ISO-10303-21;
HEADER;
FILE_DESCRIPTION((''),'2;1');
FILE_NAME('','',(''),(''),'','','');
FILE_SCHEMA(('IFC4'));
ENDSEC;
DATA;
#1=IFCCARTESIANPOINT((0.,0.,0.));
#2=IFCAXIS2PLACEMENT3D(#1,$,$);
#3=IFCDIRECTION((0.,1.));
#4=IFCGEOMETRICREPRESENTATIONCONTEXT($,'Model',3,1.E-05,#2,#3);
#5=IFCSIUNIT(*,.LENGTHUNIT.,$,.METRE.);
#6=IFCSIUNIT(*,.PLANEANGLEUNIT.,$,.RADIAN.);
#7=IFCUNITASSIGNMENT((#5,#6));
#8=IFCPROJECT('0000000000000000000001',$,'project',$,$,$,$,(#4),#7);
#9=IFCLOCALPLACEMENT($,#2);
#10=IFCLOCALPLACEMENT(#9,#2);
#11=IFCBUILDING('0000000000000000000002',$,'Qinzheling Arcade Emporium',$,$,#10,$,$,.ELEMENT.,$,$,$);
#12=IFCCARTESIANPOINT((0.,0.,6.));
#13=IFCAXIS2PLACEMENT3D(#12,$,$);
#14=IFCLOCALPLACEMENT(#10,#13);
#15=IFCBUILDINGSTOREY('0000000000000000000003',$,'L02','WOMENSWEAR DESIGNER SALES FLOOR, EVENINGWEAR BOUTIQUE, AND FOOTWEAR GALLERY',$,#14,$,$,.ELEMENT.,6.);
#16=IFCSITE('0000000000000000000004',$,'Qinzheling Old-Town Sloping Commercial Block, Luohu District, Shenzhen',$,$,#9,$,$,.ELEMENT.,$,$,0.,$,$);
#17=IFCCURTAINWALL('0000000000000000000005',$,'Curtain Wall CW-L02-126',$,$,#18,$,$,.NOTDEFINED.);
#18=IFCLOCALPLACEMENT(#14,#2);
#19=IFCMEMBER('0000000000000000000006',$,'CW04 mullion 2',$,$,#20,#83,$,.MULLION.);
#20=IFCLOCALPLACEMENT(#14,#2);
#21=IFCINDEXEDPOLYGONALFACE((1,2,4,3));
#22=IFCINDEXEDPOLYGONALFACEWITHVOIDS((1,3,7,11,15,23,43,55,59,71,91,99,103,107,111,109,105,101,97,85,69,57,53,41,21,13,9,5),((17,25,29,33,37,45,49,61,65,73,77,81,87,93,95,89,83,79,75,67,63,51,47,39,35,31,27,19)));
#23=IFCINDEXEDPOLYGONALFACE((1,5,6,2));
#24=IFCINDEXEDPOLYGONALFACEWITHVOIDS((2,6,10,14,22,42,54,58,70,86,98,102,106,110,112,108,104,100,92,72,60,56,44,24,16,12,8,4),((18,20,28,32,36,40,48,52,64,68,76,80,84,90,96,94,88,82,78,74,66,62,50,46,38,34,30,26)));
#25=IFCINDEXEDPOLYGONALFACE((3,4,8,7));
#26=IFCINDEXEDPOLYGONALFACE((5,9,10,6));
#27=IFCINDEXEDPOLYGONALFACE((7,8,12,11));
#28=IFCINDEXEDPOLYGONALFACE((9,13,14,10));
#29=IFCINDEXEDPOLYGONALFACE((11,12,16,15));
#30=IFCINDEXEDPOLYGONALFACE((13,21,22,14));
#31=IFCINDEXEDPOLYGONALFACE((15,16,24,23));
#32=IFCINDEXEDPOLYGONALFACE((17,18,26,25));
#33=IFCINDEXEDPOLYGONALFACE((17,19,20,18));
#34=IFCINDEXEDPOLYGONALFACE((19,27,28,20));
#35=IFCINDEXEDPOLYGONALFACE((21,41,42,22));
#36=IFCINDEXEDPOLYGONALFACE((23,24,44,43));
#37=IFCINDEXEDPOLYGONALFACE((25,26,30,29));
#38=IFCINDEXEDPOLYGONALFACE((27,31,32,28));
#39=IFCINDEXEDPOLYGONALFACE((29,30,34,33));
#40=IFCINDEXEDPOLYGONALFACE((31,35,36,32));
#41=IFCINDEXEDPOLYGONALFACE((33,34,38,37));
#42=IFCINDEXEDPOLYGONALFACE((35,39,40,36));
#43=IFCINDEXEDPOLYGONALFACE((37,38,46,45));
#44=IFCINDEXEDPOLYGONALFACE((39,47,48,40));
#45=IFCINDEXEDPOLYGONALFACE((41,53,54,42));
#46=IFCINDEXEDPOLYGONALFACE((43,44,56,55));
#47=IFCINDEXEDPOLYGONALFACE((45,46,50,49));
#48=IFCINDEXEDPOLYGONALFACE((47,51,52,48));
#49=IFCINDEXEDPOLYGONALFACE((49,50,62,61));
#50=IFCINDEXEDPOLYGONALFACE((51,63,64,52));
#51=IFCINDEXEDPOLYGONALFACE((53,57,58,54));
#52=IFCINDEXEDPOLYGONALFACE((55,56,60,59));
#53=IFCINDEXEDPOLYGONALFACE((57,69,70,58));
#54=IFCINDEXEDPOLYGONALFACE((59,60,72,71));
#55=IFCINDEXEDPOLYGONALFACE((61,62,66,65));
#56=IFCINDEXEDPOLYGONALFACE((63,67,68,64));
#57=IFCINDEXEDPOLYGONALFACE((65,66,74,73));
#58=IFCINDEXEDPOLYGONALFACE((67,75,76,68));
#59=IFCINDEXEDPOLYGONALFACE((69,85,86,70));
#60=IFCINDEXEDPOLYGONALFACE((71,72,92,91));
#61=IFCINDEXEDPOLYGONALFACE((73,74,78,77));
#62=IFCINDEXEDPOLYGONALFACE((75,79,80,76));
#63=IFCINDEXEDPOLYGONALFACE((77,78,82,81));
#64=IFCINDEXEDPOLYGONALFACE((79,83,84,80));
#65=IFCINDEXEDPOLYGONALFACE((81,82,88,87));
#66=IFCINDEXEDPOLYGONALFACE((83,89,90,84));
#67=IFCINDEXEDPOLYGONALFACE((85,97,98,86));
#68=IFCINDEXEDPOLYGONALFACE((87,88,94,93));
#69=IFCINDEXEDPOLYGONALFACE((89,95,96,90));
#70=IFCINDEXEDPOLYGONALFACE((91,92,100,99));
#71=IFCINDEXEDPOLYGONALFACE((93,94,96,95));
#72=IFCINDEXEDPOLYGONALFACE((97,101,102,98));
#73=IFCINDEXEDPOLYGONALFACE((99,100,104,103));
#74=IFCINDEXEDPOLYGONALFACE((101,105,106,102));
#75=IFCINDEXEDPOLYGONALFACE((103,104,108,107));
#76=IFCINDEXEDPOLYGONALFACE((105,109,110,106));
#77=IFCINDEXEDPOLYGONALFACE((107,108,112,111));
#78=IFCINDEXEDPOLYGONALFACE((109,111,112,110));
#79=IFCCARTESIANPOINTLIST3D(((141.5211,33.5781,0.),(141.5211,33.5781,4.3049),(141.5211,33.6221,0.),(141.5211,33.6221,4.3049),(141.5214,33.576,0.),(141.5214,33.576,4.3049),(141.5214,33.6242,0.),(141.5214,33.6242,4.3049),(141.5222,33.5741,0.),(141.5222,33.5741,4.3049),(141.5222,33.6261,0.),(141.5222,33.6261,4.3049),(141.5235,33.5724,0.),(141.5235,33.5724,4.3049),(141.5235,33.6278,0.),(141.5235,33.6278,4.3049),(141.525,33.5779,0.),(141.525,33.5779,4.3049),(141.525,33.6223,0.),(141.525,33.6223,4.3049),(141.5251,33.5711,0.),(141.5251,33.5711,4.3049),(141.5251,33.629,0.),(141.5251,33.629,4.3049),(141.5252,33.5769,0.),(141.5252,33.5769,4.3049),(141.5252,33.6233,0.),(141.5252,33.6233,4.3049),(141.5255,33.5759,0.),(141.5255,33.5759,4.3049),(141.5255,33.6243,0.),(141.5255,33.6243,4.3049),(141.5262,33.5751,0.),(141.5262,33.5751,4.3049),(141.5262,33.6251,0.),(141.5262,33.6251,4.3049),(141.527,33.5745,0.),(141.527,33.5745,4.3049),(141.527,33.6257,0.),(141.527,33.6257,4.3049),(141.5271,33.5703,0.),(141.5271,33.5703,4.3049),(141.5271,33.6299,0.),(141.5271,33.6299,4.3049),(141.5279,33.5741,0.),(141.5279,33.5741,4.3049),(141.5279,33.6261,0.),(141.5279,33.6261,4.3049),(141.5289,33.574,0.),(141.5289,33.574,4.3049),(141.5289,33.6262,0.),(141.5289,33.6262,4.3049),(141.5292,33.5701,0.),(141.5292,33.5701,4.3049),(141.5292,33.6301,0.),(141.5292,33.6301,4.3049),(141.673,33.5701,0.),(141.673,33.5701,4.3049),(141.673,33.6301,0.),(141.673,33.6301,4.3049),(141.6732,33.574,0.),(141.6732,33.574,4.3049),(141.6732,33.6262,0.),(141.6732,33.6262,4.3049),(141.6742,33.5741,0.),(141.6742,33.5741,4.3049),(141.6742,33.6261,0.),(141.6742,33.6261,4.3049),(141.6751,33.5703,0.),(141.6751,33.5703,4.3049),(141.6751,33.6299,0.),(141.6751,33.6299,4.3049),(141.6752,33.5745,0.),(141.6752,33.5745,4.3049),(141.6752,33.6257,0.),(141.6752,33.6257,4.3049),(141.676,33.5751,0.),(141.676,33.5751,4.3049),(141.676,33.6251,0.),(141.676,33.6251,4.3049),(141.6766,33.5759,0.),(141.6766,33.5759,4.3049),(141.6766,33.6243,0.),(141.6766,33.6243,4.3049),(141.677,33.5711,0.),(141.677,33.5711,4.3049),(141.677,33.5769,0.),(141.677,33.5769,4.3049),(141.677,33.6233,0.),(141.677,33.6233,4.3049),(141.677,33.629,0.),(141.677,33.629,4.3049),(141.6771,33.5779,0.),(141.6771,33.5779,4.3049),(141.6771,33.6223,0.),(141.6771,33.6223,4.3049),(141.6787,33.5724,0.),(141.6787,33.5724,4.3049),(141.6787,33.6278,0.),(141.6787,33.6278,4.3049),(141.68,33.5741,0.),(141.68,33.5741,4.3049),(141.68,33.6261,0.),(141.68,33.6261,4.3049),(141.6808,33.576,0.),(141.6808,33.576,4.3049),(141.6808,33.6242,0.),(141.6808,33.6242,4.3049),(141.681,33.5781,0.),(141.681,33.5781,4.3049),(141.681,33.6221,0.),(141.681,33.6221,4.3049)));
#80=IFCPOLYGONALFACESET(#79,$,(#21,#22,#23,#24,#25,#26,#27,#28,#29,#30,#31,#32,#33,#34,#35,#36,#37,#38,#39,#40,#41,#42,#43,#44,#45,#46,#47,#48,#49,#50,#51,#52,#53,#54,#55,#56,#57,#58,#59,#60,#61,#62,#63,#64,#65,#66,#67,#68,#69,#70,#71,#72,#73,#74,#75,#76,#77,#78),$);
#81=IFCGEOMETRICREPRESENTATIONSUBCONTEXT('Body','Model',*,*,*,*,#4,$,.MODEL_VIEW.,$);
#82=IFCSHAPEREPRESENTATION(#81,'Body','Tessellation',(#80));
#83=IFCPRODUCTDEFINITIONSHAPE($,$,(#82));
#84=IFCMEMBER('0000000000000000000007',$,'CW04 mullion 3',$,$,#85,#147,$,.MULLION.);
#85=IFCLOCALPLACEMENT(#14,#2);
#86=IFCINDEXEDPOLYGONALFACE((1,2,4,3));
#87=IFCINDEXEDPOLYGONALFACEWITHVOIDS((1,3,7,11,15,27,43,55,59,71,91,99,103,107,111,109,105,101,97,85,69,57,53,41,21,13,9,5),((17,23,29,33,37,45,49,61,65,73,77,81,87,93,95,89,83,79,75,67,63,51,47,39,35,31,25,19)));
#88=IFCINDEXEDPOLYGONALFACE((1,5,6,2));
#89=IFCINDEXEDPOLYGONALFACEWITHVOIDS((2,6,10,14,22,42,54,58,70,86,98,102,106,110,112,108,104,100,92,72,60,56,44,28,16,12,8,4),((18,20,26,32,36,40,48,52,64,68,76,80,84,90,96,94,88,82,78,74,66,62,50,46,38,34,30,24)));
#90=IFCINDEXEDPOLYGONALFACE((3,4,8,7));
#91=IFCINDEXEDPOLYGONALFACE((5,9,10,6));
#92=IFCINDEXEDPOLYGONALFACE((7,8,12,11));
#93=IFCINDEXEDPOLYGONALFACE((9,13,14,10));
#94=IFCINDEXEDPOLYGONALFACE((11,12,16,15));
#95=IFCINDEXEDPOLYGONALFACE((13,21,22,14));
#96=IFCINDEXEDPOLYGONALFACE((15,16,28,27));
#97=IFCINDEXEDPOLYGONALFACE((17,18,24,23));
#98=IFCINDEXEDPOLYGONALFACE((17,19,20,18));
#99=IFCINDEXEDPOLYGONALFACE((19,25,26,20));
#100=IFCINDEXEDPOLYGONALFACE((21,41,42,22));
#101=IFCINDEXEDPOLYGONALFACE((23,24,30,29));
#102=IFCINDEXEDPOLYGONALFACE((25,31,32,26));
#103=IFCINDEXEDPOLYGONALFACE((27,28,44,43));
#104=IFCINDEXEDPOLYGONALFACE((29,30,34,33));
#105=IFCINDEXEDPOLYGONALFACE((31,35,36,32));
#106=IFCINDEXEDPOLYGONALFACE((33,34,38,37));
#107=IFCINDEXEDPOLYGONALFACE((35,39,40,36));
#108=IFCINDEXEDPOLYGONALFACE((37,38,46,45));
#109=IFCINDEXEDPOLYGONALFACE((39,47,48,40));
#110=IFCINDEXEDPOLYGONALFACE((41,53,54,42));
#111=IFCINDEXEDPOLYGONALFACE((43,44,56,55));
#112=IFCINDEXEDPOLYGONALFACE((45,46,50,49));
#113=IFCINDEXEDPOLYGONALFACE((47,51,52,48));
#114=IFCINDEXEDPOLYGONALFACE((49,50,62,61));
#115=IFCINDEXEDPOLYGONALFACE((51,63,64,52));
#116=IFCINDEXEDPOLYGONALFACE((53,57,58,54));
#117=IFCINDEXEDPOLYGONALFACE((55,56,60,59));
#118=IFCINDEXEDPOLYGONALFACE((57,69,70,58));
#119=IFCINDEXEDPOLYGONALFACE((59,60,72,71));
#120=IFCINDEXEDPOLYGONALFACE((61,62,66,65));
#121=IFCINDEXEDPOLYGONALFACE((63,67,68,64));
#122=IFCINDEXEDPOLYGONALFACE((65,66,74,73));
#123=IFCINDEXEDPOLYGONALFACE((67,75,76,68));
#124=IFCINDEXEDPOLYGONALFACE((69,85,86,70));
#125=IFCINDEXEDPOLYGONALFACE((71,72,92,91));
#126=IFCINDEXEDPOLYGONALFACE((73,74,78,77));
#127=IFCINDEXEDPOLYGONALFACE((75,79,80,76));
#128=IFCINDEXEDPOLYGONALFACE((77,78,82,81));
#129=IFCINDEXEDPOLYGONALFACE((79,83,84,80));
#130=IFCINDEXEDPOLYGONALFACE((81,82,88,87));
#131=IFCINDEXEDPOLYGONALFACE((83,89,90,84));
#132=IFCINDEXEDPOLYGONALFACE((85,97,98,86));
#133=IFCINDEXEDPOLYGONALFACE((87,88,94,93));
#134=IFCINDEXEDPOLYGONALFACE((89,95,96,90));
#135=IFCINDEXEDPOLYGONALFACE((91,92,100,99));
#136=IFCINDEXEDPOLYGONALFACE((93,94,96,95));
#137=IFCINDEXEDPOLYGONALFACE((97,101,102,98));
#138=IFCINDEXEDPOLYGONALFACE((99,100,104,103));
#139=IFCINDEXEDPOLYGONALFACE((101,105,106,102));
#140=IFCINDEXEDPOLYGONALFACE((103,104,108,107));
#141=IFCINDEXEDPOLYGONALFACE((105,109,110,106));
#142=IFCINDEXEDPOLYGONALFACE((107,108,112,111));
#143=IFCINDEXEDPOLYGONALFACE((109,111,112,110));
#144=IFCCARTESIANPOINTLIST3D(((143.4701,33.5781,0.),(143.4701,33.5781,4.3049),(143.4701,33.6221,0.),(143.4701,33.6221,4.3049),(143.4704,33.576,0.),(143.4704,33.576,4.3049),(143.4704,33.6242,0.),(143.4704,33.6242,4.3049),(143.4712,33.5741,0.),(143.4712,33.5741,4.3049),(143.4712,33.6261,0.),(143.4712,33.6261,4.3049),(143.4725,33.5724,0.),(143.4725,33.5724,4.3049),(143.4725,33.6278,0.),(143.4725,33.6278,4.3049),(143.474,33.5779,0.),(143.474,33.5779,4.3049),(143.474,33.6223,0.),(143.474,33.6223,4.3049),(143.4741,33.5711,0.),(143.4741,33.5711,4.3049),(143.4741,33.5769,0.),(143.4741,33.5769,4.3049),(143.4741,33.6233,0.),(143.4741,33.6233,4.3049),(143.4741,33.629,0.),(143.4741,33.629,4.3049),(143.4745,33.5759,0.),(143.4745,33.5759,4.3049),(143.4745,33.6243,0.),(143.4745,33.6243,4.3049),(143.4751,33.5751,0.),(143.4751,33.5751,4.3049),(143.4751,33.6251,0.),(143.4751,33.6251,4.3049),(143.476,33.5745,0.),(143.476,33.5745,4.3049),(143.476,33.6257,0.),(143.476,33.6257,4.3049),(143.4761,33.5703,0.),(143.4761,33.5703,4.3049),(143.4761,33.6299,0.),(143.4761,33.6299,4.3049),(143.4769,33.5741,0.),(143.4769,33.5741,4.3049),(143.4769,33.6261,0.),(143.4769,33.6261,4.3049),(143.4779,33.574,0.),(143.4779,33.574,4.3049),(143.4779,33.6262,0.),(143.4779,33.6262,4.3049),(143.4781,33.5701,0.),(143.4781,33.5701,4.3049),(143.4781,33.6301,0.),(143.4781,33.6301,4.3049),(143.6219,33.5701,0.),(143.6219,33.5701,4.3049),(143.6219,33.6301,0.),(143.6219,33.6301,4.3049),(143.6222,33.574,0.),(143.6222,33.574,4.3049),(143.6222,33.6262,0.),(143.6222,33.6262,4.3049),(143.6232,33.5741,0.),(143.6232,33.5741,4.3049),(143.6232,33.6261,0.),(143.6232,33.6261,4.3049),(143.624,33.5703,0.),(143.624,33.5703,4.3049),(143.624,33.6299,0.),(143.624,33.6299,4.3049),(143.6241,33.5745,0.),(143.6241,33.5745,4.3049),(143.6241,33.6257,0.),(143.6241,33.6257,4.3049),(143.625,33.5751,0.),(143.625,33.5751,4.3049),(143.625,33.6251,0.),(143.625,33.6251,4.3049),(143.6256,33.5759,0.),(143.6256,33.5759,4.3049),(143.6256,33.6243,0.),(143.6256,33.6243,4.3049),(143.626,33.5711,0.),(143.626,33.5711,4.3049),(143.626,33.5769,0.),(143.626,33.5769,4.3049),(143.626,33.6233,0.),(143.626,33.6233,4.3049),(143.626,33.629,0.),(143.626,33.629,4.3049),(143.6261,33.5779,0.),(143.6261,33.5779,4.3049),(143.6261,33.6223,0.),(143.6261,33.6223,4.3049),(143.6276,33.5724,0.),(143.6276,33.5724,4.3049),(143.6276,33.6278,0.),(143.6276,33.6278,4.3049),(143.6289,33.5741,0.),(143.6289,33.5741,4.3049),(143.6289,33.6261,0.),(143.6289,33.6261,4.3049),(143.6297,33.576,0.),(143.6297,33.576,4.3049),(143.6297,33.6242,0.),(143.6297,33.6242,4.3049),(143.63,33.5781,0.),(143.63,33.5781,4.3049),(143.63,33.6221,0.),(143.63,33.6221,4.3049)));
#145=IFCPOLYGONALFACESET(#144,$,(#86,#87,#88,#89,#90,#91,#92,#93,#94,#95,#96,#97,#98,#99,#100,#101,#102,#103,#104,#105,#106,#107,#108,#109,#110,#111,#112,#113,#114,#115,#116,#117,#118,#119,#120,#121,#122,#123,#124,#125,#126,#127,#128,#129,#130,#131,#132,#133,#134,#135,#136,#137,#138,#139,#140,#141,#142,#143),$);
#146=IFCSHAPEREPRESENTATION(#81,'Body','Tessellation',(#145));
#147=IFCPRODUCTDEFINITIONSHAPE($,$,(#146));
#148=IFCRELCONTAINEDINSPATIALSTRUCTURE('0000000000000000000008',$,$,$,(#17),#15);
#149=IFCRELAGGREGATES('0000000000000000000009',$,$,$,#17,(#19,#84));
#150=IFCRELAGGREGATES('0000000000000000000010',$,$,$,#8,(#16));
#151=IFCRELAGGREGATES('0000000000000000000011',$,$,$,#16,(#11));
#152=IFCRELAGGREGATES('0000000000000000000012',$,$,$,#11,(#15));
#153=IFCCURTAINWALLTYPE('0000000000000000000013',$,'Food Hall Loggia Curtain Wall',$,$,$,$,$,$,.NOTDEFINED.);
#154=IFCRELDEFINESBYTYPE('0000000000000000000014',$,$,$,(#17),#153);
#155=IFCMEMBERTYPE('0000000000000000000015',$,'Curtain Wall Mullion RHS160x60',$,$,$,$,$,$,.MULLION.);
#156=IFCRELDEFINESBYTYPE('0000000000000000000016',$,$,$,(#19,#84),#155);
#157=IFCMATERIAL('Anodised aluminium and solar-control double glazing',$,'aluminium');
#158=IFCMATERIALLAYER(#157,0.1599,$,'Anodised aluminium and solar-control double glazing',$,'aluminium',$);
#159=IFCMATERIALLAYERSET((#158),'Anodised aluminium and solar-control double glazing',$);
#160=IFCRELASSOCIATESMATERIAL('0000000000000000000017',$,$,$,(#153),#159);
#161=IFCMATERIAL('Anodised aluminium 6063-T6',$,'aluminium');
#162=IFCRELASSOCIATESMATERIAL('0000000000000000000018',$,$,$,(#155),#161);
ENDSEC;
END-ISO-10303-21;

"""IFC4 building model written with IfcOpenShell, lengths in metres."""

from ifc_helpers import new_model, si_unit, direction, frame, origin, origin_2d, place, context, subcontext, project, spatial, hollow_rectangle, extrude, material, layer, layer_set, material_profile, profile_set, type_object, element, aggregate, save


model = new_model("IFC4")

# Units and contexts
model_context = context("Model", 3, precision=1e-05, world=origin(), true_north=direction((0.0, 1.0)))
body_context = subcontext(model_context, "Body", "Model", "MODEL_VIEW")
ifc_project = project(units=[si_unit("LENGTHUNIT", "METRE"), si_unit("PLANEANGLEUNIT", "RADIAN")], contexts=[model_context])

# Site, building, storey
site_placement = place(None, origin())
site = spatial("IfcSite", under=ifc_project, at=site_placement, Name="Qinzheling Old-Town Sloping Commercial Block, Luohu District, Shenzhen", CompositionType="ELEMENT", RefElevation=0.0)
building_placement = place(site_placement, origin())
building = spatial("IfcBuilding", under=site, at=building_placement, Name="Qinzheling Arcade Emporium", CompositionType="ELEMENT")
storey_placement = place(building_placement, frame((0.0, 0.0, 6.0)))
storey = spatial("IfcBuildingStorey", under=building, at=storey_placement, Name="L02", Description="WOMENSWEAR DESIGNER SALES FLOOR, EVENINGWEAR BOUTIQUE, AND FOOTWEAR GALLERY", CompositionType="ELEMENT", Elevation=6.0)

# Curtain wall, members
ifc_material_1 = material(Name="Anodised aluminium and solar-control double glazing", Category="aluminium")
ifc_layer_1 = layer(ifc_material_1, 0.1599, Name="Anodised aluminium and solar-control double glazing", Category="aluminium")
ifc_layer_set_1 = layer_set([ifc_layer_1], Name="Anodised aluminium and solar-control double glazing")
curtain_wall_type = type_object("IfcCurtainWallType", Name="Food Hall Loggia Curtain Wall", PredefinedType="NOTDEFINED", material=ifc_layer_set_1)
curtain_wall_placement = place(storey_placement, origin())
curtain_wall = element("IfcCurtainWall", 1, at=curtain_wall_placement, inside=storey, type_object=curtain_wall_type, Name="Curtain Wall CW-L02-126", PredefinedType="NOTDEFINED")
ifc_material_2 = material(Name="Anodised aluminium 6063-T6", Category="aluminium")
ifc_material_profile_1 = material_profile(ifc_material_2, hollow_rectangle(XDim=0.0601, YDim=0.1599, WallThickness=0.0039, InnerFilletRadius=0.0039, OuterFilletRadius=0.0081, at=origin_2d()), Name="RHS 160x60x4", Category="aluminium")
ifc_profile_set_1 = profile_set([ifc_material_profile_1], Name="Anodised aluminium 6063-T6")
member_type_1 = type_object("IfcMemberType", Name="Curtain Wall Mullion RHS160x60", PredefinedType="MULLION", material=ifc_profile_set_1)
member_1_placement = place(storey_placement, frame((141.6011, 33.6001, 0.0), z_axis=(0.0, 0.0, 1.0), x_axis=(0.0, 1.0, 0.0)))
member_1 = element("IfcMember", 2, at=member_1_placement, type_object=member_type_1, Name="CW04 mullion 2", PredefinedType="MULLION", context=body_context, shape_type="SweptSolid", body=[
    extrude(hollow_rectangle(XDim=0.0601, YDim=0.1599, WallThickness=0.0039, InnerFilletRadius=0.0039, OuterFilletRadius=0.0081, at=origin_2d()), origin(), (0.0, 0.0, 1.0), 4.3049),
])
member_2_placement = place(storey_placement, frame((143.55, 33.6001, 0.0), z_axis=(0.0, 0.0, 1.0), x_axis=(0.0, 1.0, 0.0)))
member_2 = element("IfcMember", 3, at=member_2_placement, type_object=member_type_1, Name="CW04 mullion 3", PredefinedType="MULLION", context=body_context, shape_type="SweptSolid", body=[
    extrude(hollow_rectangle(XDim=0.0601, YDim=0.1599, WallThickness=0.0039, InnerFilletRadius=0.0039, OuterFilletRadius=0.0081, at=origin_2d()), origin(), (0.0, 0.0, 1.0), 4.3049),
])
aggregate(curtain_wall, [member_1, member_2])

save(model, "model.ifc")
